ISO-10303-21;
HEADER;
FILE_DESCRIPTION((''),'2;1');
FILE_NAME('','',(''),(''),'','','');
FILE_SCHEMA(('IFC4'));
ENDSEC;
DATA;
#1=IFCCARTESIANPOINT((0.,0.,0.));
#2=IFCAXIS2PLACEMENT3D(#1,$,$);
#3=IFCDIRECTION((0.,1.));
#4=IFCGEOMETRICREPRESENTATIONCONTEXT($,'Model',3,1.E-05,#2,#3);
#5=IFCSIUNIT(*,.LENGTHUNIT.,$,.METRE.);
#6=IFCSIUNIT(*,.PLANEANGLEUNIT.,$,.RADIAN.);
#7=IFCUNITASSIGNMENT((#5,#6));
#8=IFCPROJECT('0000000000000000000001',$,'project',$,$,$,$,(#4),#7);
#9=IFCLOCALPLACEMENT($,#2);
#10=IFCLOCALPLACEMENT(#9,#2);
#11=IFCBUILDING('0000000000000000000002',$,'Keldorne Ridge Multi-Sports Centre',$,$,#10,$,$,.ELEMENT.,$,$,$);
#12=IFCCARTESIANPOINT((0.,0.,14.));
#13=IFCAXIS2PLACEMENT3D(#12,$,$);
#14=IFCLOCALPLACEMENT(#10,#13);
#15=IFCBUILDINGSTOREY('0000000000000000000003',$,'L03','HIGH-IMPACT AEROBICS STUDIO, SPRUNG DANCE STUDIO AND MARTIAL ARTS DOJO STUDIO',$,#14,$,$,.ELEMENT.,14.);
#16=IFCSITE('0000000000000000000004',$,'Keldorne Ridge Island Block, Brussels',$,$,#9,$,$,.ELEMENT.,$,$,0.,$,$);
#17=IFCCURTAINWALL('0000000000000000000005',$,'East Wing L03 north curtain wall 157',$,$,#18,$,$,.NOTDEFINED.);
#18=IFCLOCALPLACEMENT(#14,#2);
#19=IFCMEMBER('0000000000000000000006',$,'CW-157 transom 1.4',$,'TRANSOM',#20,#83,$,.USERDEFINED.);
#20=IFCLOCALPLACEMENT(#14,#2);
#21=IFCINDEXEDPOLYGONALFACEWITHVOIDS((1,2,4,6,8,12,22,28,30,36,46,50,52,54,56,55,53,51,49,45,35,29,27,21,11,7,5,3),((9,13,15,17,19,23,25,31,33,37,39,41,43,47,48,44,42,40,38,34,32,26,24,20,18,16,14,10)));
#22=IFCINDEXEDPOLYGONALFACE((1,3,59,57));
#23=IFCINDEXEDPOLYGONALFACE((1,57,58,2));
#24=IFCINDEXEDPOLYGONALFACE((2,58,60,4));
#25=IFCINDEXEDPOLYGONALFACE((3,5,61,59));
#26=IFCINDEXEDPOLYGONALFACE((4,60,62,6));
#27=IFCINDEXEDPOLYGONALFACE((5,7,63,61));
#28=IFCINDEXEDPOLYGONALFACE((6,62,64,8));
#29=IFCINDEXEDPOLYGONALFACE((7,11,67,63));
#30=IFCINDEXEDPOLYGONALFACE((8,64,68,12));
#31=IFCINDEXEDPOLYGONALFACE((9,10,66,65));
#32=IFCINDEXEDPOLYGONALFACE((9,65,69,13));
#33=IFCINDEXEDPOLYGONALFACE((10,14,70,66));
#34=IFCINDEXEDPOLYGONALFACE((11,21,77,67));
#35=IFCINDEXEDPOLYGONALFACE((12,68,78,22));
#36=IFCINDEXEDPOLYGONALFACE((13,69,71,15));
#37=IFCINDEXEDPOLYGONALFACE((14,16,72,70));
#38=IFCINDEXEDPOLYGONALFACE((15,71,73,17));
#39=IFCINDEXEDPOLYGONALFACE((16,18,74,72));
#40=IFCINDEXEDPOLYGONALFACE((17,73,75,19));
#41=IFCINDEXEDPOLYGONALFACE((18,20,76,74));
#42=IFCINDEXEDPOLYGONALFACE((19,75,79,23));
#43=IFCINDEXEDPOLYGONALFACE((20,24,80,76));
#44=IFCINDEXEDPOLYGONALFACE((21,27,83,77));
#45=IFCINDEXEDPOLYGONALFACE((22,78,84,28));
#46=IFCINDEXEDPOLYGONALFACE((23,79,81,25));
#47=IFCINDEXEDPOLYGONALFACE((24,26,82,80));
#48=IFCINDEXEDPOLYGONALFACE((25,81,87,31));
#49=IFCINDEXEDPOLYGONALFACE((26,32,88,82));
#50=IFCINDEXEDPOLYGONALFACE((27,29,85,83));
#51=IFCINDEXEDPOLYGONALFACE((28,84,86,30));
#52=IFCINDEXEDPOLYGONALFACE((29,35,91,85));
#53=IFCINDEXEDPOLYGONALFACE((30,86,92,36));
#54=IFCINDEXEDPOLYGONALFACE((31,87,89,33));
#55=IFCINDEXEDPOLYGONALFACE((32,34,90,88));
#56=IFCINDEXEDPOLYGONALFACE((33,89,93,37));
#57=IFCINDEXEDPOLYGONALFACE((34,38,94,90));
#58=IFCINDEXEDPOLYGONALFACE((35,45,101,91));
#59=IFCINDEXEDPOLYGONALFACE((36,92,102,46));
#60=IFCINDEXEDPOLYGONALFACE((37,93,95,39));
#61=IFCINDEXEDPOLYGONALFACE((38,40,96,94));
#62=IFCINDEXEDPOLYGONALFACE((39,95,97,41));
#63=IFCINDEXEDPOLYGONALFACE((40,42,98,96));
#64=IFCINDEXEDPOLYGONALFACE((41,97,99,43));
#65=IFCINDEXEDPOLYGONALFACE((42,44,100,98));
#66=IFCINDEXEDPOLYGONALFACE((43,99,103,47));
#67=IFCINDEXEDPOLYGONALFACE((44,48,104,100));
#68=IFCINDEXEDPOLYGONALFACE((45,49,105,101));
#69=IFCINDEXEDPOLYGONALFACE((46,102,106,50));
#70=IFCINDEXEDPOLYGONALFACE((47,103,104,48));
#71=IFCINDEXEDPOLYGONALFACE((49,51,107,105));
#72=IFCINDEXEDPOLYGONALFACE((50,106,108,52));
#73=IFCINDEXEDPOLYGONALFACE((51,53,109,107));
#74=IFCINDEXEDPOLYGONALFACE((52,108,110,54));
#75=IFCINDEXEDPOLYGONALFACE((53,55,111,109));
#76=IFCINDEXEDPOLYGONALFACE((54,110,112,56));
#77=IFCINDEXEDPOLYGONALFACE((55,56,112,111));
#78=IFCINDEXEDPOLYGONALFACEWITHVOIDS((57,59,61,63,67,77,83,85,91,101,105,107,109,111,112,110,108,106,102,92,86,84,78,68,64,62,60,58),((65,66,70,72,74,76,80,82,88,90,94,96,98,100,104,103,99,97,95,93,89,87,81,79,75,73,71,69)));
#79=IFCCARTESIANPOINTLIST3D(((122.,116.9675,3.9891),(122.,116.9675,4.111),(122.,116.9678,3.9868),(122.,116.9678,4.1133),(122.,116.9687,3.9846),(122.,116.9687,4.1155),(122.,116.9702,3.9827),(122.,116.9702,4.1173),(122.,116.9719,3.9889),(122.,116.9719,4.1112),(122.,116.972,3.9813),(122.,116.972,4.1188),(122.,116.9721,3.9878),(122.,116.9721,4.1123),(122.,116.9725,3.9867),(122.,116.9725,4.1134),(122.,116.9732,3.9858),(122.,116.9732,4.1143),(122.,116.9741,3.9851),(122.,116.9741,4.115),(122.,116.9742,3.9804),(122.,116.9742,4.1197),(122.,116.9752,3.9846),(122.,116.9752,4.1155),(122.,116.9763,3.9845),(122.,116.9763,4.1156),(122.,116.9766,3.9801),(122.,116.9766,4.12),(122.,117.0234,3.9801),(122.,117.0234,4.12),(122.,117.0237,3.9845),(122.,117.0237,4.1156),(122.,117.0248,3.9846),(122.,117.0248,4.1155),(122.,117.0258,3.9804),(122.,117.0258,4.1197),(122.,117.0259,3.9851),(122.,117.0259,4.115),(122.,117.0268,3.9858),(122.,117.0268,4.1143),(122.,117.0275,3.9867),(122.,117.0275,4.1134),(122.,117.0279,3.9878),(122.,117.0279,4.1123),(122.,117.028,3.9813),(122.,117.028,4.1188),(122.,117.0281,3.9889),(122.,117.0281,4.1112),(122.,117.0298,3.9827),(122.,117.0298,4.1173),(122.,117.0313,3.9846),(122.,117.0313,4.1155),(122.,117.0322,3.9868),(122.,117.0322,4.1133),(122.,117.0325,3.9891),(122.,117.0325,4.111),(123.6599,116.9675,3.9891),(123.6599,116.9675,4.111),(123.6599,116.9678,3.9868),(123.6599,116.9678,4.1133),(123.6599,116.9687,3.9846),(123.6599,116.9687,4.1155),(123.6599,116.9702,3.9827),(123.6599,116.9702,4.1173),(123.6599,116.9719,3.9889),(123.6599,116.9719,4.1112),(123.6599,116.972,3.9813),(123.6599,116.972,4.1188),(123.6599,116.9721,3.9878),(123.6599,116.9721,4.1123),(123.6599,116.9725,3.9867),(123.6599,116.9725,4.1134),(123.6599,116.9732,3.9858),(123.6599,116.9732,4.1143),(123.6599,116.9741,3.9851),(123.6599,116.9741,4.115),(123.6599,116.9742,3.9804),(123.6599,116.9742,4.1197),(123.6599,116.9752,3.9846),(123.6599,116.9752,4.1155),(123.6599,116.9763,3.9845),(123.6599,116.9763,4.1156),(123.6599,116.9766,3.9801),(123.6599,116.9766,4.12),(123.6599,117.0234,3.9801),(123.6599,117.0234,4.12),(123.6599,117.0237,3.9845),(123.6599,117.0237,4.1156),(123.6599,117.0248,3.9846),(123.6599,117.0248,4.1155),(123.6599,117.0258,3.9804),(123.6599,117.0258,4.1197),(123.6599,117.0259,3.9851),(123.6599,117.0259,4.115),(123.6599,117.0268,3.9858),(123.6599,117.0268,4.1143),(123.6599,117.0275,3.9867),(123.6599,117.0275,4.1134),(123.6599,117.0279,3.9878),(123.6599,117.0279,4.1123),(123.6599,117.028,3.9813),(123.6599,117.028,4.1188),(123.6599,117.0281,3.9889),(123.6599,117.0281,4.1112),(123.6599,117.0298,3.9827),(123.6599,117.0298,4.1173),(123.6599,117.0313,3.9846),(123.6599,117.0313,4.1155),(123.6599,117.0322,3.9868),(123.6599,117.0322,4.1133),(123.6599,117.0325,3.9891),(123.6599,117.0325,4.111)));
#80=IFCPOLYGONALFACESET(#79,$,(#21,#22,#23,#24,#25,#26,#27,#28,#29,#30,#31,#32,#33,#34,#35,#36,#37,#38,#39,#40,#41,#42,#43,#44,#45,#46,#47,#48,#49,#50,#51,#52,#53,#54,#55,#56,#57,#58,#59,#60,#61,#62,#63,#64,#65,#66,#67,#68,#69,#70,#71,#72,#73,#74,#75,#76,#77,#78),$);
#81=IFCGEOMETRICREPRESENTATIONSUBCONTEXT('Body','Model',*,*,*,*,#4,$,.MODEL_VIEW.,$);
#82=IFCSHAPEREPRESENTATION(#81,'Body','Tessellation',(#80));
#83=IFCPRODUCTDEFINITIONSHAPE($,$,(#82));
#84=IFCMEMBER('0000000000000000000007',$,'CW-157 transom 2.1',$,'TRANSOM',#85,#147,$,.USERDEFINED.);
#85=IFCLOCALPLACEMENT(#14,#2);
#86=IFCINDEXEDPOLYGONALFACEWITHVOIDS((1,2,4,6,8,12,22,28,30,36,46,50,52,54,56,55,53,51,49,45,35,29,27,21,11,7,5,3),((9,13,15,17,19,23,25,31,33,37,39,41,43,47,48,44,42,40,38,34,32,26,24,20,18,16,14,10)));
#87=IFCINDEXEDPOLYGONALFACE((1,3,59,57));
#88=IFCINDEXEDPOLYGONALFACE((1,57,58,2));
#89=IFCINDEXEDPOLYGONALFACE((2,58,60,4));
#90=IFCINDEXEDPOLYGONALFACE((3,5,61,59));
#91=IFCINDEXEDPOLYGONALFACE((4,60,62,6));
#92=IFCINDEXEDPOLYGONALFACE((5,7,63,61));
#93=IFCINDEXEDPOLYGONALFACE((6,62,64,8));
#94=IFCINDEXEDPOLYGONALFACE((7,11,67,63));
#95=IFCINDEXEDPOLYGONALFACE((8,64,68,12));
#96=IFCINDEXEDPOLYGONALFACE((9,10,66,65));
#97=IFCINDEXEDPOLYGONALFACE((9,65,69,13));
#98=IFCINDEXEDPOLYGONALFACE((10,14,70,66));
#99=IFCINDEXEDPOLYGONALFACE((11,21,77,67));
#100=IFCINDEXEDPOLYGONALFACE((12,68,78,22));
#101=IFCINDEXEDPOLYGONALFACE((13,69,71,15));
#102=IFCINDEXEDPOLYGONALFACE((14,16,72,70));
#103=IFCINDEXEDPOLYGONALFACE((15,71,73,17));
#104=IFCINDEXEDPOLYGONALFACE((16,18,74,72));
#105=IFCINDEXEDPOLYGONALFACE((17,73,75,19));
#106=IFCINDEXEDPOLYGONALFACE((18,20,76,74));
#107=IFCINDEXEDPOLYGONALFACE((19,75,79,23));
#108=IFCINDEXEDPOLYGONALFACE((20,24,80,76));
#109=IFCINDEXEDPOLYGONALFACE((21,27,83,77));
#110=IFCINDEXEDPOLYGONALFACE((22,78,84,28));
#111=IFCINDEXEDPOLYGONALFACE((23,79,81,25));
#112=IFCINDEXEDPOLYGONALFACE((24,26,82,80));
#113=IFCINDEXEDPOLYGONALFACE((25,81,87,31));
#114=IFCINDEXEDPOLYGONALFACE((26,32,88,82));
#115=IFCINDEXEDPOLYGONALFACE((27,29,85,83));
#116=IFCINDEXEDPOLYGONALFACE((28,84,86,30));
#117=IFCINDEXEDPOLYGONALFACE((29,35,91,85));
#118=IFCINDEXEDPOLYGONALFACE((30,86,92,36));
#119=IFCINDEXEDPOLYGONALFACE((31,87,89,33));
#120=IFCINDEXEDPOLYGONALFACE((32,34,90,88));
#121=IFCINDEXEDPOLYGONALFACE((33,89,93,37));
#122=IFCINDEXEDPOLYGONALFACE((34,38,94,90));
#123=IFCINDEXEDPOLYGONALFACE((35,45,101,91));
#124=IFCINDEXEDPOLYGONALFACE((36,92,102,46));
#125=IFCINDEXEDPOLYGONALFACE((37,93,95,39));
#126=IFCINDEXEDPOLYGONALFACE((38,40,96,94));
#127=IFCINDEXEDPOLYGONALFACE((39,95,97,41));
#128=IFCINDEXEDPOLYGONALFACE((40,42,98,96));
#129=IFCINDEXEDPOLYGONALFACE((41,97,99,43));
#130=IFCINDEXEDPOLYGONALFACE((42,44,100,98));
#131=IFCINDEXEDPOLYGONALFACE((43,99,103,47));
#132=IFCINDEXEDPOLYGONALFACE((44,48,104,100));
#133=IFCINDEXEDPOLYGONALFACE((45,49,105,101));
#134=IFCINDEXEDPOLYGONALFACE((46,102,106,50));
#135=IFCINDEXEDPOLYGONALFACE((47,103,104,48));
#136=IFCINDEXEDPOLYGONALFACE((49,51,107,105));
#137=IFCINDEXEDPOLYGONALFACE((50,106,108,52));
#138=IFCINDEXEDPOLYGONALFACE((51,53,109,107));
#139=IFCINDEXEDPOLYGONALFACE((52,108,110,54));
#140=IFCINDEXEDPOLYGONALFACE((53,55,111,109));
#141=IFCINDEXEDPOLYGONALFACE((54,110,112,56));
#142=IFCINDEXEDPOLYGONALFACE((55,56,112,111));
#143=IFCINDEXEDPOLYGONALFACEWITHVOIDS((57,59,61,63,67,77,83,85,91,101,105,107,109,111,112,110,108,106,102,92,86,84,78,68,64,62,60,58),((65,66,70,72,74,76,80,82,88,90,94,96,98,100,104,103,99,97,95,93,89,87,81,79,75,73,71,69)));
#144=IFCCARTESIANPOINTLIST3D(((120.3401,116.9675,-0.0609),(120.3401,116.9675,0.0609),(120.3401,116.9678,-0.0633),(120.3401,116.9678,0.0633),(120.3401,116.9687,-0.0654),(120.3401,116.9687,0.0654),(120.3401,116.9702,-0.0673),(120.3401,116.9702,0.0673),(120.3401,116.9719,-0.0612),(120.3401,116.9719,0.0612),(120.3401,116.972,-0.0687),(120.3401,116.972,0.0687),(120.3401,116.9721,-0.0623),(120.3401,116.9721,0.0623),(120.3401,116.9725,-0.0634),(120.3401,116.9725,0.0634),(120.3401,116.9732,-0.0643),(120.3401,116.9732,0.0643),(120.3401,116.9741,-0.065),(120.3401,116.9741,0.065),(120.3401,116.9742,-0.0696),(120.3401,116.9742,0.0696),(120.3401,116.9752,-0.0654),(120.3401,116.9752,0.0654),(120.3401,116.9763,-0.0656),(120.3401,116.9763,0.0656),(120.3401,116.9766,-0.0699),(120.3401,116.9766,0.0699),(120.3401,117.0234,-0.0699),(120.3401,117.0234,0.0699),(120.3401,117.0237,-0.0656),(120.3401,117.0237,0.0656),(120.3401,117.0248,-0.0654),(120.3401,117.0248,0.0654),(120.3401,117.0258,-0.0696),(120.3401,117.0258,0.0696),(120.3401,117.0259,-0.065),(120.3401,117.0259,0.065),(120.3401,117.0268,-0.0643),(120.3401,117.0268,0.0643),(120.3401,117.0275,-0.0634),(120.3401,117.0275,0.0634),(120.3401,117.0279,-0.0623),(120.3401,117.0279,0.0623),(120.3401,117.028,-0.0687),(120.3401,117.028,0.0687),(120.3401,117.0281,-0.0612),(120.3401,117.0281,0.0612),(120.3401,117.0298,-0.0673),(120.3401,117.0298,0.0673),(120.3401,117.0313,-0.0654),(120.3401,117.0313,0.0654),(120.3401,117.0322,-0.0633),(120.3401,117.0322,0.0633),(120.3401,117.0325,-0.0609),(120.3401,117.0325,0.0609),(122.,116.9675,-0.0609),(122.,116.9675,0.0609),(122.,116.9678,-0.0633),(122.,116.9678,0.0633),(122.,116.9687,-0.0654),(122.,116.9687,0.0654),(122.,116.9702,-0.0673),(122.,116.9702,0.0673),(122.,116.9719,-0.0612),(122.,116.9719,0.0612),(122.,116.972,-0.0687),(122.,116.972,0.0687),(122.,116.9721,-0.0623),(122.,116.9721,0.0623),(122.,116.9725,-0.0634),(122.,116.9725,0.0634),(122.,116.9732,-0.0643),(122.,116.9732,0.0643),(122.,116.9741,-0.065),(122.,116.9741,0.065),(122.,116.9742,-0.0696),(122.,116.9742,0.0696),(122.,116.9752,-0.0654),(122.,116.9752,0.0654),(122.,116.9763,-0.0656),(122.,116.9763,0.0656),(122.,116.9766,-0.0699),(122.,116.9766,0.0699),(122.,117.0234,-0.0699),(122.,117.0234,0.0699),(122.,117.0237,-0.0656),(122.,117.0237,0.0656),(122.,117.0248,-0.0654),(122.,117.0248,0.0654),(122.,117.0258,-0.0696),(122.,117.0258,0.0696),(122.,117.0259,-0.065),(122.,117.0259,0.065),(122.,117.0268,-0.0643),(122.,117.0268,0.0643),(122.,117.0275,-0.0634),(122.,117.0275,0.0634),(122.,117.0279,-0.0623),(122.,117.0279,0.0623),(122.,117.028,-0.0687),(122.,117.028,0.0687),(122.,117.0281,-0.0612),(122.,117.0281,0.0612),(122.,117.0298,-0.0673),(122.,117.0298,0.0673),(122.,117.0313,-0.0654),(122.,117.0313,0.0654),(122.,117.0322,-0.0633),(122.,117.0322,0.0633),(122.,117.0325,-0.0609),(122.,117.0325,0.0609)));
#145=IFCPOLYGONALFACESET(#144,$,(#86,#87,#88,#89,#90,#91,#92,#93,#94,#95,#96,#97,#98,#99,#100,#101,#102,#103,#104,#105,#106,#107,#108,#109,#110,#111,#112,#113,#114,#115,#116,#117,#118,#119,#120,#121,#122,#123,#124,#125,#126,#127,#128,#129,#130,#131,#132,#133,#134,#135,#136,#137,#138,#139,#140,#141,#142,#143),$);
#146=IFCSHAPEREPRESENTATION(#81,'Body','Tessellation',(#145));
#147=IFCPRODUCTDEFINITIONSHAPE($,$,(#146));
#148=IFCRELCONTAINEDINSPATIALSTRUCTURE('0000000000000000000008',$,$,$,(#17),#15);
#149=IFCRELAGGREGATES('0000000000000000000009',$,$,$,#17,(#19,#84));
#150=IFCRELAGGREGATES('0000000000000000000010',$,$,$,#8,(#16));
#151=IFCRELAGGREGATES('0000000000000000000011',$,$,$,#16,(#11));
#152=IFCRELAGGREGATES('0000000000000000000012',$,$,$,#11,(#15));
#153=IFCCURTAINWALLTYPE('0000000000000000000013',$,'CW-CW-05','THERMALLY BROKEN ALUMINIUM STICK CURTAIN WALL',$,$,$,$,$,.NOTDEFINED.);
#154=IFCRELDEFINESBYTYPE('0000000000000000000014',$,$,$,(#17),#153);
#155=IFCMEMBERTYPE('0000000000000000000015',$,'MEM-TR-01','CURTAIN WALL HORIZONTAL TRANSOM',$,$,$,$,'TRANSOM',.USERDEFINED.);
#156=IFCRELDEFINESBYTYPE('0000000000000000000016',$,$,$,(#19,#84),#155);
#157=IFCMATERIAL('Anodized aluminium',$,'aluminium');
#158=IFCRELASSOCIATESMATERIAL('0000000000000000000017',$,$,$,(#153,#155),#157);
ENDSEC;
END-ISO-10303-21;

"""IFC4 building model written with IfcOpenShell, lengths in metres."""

from ifc_helpers import new_model, si_unit, direction, frame, origin, origin_2d, place, context, subcontext, project, spatial, hollow_rectangle, extrude, material, material_profile, profile_set, type_object, element, aggregate, save


model = new_model("IFC4")

# Units and contexts
model_context = context("Model", 3, precision=1e-05, world=origin(), true_north=direction((0.0, 1.0)))
body_context = subcontext(model_context, "Body", "Model", "MODEL_VIEW")
ifc_project = project(units=[si_unit("LENGTHUNIT", "METRE"), si_unit("PLANEANGLEUNIT", "RADIAN")], contexts=[model_context])

# Site, building, storey
site_placement = place(None, origin())
site = spatial("IfcSite", under=ifc_project, at=site_placement, Name="Keldorne Ridge Island Block, Brussels", CompositionType="ELEMENT", RefElevation=0.0)
building_placement = place(site_placement, origin())
building = spatial("IfcBuilding", under=site, at=building_placement, Name="Keldorne Ridge Multi-Sports Centre", CompositionType="ELEMENT")
storey_placement = place(building_placement, frame((0.0, 0.0, 14.0)))
storey = spatial("IfcBuildingStorey", under=building, at=storey_placement, Name="L03", Description="HIGH-IMPACT AEROBICS STUDIO, SPRUNG DANCE STUDIO AND MARTIAL ARTS DOJO STUDIO", CompositionType="ELEMENT", Elevation=14.0)

# Curtain wall, members
ifc_material_1 = material(Name="Anodized aluminium", Category="aluminium")
curtain_wall_type = type_object("IfcCurtainWallType", Name="CW-CW-05", Description="THERMALLY BROKEN ALUMINIUM STICK CURTAIN WALL", PredefinedType="NOTDEFINED", material=ifc_material_1)
curtain_wall_placement = place(storey_placement, origin())
curtain_wall = element("IfcCurtainWall", 1, at=curtain_wall_placement, inside=storey, type_object=curtain_wall_type, Name="East Wing L03 north curtain wall 157", PredefinedType="NOTDEFINED")
ifc_material_profile_1 = material_profile(ifc_material_1, hollow_rectangle(XDim=0.0649, YDim=0.1399, WallThickness=0.0044, InnerFilletRadius=0.0044, OuterFilletRadius=0.009, at=origin_2d()), Name="ALU TRANSOM 140x65x4.5")
ifc_profile_set_1 = profile_set([ifc_material_profile_1], Name="Anodized aluminium")
member_type_1 = type_object("IfcMemberType", Name="MEM-TR-01", Description="CURTAIN WALL HORIZONTAL TRANSOM", ElementType="TRANSOM", PredefinedType="USERDEFINED", material=ifc_profile_set_1)
member_1_placement = place(storey_placement, frame((123.6599, 117.0, 4.05), z_axis=(-1.0, 0.0, 0.0), x_axis=(0.0, -1.0, 0.0)))
member_1 = element("IfcMember", 2, at=member_1_placement, type_object=member_type_1, Name="CW-157 transom 1.4", ObjectType="TRANSOM", PredefinedType="USERDEFINED", context=body_context, shape_type="SweptSolid", body=[
    extrude(hollow_rectangle(XDim=0.0649, YDim=0.1399, WallThickness=0.0044, InnerFilletRadius=0.0044, OuterFilletRadius=0.009, at=origin_2d()), origin(), (0.0, 0.0, 1.0), 1.6599),
])
member_2_placement = place(storey_placement, frame((122.0, 117.0, 0.0), z_axis=(-1.0, 0.0, 0.0), x_axis=(0.0, -1.0, 0.0)))
member_2 = element("IfcMember", 3, at=member_2_placement, type_object=member_type_1, Name="CW-157 transom 2.1", ObjectType="TRANSOM", PredefinedType="USERDEFINED", context=body_context, shape_type="SweptSolid", body=[
    extrude(hollow_rectangle(XDim=0.0649, YDim=0.1399, WallThickness=0.0044, InnerFilletRadius=0.0044, OuterFilletRadius=0.009, at=origin_2d()), origin(), (0.0, 0.0, 1.0), 1.6599),
])
aggregate(curtain_wall, [member_1, member_2])

save(model, "model.ifc")
